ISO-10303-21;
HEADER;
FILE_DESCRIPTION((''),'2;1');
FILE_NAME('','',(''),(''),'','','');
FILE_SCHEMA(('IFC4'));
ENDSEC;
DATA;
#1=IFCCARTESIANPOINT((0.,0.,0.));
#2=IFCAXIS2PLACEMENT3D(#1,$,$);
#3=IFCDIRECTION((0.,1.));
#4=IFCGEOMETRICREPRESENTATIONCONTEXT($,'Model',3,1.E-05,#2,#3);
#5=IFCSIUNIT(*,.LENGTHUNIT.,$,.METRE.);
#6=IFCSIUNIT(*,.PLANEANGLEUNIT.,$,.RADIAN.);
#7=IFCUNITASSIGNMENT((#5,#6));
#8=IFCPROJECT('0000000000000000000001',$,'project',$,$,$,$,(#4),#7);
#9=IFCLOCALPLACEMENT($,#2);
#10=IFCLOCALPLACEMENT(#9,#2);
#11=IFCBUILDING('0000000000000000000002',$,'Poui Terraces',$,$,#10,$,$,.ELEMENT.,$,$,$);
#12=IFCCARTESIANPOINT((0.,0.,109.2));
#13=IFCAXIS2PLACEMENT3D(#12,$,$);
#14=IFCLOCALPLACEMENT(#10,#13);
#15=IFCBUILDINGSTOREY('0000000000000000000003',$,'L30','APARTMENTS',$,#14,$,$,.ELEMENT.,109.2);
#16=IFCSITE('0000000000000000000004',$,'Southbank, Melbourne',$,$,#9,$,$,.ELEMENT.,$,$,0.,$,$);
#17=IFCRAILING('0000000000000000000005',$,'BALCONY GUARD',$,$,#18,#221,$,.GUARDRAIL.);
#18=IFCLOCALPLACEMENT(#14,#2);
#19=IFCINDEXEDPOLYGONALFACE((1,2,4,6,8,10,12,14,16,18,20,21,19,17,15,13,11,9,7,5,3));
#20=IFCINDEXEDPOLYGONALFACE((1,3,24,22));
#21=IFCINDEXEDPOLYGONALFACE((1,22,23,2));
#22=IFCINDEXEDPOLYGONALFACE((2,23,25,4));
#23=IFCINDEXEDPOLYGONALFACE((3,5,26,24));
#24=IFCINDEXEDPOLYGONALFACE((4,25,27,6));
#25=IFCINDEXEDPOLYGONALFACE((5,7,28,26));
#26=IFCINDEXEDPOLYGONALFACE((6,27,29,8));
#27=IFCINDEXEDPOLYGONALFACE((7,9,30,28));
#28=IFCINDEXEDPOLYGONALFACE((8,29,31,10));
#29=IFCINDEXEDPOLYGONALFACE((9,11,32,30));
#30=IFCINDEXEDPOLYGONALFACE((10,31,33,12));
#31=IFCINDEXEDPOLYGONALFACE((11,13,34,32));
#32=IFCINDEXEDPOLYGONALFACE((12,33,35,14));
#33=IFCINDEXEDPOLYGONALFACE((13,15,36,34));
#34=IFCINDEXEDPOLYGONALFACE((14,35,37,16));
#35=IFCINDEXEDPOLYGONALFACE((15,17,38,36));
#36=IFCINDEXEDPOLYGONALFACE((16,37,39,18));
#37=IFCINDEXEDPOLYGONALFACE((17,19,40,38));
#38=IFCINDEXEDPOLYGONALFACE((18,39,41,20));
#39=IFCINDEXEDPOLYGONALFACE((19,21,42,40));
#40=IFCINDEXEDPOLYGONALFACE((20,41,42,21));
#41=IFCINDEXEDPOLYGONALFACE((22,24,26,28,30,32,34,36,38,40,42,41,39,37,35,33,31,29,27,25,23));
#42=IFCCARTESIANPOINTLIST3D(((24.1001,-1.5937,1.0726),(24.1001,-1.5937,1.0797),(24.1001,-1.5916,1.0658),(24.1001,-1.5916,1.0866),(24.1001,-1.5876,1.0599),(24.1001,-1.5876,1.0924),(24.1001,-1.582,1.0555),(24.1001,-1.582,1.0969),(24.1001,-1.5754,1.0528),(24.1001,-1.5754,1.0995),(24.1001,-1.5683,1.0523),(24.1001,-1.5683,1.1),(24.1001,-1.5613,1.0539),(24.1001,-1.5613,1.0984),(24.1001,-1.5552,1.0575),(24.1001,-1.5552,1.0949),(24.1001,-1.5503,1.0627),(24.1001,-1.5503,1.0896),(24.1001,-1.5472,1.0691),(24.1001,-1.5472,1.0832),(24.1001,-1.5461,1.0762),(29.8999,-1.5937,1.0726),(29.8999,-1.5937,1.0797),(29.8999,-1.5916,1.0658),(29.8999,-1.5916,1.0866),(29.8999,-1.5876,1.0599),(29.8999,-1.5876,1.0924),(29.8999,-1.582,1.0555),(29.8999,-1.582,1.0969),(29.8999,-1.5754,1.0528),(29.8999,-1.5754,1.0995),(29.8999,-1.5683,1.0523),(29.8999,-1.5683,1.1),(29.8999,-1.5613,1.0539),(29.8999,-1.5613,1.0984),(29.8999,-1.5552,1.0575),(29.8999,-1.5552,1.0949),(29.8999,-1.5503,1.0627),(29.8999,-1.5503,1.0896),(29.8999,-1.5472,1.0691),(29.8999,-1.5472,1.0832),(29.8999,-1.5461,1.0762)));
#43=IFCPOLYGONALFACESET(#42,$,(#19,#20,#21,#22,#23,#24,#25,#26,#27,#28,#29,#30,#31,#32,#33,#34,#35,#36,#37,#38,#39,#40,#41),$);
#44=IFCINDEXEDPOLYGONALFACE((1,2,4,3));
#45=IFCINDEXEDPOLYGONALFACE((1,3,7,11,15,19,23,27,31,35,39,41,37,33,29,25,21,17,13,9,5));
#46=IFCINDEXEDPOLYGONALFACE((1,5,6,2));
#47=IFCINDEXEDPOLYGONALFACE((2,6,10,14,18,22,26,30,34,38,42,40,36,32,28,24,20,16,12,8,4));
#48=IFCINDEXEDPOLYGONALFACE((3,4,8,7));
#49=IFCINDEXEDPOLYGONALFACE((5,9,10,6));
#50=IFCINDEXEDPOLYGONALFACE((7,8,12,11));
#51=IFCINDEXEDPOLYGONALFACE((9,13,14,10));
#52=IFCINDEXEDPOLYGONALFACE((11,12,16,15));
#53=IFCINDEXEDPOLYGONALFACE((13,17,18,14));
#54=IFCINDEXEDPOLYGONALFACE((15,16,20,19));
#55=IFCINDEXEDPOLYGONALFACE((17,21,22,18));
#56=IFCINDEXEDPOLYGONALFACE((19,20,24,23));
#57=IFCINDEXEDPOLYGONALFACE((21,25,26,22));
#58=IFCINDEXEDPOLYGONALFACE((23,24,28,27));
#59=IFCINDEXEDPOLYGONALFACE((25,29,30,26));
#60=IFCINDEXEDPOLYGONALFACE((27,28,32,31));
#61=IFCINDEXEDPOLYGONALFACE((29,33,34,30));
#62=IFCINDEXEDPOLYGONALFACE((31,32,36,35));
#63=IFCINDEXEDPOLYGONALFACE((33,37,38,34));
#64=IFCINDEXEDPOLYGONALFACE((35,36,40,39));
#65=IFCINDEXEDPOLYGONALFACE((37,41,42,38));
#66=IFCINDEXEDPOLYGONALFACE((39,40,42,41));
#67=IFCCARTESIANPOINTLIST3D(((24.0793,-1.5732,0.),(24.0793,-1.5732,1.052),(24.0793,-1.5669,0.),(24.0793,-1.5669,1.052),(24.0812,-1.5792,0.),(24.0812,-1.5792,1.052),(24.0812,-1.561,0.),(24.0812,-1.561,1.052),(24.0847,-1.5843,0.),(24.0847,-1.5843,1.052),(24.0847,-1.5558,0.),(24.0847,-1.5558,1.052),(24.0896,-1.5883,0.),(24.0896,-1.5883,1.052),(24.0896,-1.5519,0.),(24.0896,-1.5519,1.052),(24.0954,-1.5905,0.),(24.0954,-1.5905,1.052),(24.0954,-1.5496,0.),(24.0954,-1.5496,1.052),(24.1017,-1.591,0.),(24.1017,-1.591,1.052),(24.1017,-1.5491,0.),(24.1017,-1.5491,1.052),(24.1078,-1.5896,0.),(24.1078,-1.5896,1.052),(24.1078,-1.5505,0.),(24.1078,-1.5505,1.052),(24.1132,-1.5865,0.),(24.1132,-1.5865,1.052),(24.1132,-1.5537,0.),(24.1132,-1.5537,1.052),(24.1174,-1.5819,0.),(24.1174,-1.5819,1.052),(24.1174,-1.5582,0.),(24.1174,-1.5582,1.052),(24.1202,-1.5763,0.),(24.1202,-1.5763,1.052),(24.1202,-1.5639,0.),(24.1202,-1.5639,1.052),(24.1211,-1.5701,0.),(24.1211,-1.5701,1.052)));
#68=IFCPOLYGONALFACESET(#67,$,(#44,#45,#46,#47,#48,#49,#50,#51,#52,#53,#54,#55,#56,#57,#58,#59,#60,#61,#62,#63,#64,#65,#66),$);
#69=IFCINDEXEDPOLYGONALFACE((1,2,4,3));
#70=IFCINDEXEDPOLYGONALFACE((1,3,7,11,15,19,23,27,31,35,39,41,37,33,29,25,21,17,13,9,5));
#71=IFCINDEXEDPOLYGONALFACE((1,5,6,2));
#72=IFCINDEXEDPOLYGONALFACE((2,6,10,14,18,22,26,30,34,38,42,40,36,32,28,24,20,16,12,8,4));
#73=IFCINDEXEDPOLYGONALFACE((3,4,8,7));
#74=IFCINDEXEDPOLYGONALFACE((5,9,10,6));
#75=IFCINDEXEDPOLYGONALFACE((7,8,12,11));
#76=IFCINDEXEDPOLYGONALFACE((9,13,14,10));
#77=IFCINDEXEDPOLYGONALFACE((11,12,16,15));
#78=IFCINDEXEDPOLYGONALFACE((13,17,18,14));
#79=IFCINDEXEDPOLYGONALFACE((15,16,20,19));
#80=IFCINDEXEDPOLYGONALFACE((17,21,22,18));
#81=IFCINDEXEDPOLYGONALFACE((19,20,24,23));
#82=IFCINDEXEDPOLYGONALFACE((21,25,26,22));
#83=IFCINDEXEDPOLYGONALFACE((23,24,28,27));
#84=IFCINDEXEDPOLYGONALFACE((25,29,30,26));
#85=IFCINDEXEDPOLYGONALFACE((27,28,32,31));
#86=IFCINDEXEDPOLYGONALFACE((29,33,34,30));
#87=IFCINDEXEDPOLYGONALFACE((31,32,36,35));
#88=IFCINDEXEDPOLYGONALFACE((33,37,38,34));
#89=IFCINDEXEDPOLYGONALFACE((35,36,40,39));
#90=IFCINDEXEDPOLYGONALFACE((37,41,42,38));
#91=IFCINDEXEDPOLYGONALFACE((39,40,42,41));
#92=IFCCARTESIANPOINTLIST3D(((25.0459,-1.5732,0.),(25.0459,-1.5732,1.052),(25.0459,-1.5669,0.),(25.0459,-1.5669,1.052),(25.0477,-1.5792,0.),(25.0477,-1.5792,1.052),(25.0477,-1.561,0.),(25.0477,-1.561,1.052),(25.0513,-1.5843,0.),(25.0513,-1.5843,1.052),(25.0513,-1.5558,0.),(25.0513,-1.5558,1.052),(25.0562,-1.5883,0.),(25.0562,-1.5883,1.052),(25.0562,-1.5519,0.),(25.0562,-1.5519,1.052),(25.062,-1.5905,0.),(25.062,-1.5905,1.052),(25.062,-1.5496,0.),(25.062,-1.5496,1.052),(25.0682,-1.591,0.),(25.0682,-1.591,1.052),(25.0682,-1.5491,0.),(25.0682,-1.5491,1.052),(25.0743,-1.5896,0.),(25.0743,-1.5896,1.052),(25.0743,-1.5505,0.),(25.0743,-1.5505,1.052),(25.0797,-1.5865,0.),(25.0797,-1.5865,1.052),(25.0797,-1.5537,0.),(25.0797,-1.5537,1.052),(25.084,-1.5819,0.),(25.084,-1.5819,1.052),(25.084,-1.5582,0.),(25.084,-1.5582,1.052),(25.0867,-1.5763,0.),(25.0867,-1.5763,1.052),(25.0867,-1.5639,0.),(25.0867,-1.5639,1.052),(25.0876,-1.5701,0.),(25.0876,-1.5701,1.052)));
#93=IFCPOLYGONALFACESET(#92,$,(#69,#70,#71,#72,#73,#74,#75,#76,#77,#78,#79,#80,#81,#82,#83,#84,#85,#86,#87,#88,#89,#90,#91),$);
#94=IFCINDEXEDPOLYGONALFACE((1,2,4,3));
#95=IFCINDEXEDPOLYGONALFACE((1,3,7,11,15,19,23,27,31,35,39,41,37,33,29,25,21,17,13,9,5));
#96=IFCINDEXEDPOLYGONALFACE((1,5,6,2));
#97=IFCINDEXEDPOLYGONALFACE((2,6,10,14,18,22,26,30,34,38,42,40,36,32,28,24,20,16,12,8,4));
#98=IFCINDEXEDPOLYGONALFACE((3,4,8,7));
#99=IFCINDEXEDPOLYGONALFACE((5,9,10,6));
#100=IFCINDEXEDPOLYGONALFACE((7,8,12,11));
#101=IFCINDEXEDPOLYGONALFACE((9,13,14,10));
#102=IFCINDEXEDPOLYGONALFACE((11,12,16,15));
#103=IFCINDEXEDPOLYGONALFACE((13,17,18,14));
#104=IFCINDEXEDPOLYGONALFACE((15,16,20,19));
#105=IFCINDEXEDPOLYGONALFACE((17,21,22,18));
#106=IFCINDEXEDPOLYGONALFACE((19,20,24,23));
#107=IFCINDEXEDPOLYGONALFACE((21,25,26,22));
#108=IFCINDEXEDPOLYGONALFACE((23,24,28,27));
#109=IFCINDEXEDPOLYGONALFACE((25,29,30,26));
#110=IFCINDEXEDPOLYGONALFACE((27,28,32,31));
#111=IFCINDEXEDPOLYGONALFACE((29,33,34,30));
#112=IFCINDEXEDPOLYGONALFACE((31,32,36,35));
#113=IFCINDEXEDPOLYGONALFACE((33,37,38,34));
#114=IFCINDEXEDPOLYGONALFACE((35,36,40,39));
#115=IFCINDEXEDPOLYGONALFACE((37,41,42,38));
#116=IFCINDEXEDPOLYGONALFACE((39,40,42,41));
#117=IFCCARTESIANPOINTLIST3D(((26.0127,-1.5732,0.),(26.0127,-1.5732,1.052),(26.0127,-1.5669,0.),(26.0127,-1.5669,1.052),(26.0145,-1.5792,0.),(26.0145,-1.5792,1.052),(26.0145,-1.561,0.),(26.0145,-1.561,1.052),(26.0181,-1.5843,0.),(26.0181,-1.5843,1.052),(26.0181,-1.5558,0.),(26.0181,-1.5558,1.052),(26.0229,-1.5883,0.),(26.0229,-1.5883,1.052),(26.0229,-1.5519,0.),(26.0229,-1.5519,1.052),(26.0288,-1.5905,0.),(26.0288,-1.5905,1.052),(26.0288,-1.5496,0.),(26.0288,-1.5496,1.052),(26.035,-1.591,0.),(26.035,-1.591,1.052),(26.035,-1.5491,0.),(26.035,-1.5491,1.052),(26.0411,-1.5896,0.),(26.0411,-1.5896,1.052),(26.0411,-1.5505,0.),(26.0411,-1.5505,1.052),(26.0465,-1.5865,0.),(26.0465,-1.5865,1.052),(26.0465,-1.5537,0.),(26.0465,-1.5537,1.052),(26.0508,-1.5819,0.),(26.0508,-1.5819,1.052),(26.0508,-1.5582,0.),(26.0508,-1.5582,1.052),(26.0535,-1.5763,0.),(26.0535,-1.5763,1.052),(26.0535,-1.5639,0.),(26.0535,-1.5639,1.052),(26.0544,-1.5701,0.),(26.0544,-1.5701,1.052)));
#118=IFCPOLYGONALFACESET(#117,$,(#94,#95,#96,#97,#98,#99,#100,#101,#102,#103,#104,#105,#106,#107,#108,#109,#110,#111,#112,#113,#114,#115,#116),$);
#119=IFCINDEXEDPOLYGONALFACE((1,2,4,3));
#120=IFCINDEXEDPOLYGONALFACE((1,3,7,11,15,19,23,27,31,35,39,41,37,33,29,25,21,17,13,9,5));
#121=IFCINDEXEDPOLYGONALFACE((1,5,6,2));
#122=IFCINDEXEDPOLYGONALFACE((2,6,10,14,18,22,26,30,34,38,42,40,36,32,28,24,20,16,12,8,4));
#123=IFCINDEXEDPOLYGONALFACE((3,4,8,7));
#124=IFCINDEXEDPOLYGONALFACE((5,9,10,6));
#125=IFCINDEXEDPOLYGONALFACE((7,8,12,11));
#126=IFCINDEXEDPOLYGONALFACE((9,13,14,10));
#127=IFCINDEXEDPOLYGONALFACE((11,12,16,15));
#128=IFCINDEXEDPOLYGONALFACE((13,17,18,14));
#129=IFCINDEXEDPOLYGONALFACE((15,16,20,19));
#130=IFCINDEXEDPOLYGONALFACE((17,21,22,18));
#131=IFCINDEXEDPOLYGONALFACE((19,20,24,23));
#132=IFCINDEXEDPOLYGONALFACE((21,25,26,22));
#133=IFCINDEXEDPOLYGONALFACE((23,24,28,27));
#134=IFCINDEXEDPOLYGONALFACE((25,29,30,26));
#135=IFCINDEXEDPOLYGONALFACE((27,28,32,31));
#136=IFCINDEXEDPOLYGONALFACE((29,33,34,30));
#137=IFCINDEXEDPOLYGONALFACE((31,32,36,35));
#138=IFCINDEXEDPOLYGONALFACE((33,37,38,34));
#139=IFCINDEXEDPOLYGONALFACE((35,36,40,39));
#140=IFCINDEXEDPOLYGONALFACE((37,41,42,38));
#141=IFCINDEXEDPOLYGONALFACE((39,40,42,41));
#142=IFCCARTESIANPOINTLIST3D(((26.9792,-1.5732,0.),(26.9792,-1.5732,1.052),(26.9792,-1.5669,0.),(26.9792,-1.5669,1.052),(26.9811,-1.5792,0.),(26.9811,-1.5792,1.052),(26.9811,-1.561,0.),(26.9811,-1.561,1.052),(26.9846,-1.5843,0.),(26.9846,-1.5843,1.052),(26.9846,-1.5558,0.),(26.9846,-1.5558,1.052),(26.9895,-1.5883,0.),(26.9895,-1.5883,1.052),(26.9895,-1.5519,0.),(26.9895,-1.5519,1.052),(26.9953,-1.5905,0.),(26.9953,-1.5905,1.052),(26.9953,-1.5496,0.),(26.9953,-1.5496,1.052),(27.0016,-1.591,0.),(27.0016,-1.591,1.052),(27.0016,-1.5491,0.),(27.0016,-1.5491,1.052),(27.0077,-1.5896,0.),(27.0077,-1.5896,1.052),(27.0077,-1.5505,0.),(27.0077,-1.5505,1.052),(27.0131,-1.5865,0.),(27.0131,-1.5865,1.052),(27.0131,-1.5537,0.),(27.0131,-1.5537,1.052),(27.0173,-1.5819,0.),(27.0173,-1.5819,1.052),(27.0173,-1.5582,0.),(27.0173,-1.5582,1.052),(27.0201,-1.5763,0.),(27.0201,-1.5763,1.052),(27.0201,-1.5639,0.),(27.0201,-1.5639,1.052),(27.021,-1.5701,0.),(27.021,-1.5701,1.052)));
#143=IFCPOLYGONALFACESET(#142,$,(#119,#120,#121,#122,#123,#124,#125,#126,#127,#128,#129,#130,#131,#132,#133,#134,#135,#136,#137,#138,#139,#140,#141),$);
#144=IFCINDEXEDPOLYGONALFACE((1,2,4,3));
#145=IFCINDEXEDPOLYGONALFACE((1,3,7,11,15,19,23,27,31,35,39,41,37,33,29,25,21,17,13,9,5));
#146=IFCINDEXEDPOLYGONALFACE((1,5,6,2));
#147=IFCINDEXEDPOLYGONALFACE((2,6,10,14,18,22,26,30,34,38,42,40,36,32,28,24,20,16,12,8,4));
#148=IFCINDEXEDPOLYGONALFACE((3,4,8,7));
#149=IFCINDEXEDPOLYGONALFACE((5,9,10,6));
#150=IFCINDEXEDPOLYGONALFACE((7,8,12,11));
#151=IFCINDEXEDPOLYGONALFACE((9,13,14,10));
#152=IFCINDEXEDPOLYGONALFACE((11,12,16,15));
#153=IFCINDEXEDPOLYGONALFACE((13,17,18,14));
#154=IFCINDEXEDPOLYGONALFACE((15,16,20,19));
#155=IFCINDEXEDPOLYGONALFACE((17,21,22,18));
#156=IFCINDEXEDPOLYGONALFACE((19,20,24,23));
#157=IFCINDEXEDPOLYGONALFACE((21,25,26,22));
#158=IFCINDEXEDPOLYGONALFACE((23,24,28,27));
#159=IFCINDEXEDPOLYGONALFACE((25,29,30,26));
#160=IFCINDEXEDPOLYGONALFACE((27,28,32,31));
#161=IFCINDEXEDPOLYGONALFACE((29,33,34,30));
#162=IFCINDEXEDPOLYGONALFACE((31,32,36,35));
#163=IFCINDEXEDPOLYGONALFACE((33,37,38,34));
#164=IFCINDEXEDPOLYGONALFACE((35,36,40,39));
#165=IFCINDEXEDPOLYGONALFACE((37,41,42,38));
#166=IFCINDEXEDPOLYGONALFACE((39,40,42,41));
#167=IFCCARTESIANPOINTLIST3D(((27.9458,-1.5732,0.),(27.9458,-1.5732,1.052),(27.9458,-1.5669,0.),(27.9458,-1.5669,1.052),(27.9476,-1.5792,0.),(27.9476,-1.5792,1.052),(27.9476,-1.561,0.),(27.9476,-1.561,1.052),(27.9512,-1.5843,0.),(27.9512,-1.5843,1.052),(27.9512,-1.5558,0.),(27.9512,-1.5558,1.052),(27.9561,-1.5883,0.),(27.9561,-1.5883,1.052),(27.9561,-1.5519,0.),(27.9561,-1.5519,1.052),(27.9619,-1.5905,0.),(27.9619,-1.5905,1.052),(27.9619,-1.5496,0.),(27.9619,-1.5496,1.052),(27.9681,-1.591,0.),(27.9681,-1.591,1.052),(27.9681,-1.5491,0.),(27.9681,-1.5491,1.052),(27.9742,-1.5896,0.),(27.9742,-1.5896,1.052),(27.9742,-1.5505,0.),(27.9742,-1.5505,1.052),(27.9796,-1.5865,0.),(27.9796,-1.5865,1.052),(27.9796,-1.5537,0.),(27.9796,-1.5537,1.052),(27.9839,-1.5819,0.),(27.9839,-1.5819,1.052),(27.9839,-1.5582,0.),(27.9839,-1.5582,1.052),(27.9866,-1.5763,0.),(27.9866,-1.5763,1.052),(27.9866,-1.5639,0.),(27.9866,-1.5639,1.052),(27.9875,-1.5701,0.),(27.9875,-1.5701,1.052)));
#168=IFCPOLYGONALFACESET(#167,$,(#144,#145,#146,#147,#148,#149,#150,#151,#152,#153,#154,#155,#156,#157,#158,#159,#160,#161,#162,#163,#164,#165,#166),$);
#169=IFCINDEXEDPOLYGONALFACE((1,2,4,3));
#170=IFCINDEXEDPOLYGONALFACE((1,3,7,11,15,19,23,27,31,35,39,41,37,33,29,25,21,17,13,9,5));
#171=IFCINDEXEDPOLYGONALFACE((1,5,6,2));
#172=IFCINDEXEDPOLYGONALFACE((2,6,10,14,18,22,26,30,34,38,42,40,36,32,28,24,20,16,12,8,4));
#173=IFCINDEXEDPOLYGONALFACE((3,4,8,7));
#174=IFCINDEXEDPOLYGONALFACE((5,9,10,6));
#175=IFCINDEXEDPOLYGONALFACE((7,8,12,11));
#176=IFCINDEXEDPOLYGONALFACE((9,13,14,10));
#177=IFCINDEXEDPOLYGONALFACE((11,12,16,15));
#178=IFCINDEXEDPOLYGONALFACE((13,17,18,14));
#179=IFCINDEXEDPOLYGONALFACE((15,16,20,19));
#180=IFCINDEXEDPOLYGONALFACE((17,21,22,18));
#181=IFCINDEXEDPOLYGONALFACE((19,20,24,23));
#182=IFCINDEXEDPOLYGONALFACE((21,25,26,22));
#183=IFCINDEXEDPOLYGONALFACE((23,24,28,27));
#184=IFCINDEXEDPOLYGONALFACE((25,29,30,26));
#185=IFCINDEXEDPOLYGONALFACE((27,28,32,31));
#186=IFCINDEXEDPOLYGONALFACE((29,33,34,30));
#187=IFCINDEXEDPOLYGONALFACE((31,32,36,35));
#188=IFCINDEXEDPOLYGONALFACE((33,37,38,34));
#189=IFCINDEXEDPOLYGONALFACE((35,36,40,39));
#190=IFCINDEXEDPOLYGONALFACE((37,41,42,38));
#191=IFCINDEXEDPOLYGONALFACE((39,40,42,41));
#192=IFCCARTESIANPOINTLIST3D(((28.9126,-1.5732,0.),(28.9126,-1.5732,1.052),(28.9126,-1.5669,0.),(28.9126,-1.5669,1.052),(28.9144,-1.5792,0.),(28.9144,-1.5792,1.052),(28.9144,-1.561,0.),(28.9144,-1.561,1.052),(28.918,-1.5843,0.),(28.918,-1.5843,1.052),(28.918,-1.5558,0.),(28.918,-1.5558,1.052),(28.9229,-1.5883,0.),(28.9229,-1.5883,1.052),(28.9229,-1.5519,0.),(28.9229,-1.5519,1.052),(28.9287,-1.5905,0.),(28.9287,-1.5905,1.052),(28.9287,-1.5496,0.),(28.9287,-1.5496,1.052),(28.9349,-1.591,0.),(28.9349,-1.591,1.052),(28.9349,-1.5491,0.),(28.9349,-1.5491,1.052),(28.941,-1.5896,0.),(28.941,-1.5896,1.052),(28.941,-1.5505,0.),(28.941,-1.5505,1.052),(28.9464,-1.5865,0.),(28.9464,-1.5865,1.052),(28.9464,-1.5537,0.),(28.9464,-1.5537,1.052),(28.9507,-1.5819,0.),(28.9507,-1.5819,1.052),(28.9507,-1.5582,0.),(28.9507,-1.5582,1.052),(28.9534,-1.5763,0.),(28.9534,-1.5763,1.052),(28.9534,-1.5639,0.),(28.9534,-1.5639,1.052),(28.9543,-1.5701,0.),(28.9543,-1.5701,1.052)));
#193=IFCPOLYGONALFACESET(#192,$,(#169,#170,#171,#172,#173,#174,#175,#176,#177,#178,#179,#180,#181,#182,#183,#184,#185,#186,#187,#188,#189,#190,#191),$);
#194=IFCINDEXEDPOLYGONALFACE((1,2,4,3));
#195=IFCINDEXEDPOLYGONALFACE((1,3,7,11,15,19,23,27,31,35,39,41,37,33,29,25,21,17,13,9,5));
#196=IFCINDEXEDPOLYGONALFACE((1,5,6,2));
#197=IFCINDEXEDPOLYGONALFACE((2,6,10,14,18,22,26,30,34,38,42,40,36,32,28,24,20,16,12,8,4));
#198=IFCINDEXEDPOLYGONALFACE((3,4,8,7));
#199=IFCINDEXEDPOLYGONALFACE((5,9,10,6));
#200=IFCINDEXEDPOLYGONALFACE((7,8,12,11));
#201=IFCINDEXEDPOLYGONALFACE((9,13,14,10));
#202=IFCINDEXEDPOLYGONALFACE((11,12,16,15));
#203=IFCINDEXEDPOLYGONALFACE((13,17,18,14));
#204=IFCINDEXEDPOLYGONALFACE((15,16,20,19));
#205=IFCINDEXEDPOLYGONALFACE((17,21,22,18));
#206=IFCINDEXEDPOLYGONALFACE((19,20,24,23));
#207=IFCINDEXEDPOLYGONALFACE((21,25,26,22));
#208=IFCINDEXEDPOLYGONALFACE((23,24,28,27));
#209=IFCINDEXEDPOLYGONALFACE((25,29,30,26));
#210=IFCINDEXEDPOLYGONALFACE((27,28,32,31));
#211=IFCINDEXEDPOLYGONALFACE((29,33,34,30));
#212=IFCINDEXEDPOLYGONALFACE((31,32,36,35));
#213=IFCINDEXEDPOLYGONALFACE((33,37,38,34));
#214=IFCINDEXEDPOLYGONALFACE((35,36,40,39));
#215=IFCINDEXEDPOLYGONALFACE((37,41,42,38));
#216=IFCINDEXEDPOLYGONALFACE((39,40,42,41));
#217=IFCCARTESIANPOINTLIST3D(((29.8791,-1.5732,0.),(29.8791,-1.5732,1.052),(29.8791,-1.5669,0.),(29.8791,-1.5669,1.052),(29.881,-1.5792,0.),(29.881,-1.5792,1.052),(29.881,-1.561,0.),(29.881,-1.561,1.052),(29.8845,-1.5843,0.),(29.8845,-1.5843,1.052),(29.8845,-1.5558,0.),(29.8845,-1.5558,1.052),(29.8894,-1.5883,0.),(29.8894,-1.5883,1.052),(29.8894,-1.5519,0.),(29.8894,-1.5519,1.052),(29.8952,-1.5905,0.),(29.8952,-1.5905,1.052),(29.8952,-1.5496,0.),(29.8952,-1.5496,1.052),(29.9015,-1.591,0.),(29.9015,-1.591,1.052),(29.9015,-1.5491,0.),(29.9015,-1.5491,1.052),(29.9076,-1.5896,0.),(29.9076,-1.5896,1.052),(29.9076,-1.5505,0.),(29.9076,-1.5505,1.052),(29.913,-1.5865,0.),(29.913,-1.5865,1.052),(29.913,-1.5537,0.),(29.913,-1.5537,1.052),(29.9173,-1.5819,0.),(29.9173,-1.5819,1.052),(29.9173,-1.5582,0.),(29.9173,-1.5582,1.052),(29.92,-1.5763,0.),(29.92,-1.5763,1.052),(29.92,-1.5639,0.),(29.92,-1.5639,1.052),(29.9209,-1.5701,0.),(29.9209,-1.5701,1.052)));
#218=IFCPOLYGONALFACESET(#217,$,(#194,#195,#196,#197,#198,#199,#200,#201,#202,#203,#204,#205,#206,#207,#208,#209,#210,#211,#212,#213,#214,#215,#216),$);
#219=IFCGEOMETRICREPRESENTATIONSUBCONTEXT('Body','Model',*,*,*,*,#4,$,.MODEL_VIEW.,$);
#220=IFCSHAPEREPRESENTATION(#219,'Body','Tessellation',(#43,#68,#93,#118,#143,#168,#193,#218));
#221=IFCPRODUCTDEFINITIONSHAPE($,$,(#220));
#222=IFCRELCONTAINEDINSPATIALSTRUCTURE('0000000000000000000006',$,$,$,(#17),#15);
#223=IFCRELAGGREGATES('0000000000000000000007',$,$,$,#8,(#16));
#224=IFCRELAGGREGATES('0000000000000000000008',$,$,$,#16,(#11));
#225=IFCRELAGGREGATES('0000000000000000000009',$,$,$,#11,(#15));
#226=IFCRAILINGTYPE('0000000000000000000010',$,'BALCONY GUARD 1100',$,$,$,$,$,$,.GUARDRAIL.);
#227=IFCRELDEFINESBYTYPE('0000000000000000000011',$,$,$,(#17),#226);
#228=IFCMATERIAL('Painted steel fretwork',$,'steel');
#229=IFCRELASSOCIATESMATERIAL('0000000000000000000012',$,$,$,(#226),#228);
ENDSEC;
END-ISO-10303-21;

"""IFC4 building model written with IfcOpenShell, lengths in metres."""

from ifc_helpers import new_model, si_unit, direction, frame, origin, origin_2d, place, context, subcontext, project, spatial, circle, extrude, material, type_object, element, save


model = new_model("IFC4")

# Units and contexts
model_context = context("Model", 3, precision=1e-05, world=origin(), true_north=direction((0.0, 1.0)))
body_context = subcontext(model_context, "Body", "Model", "MODEL_VIEW")
ifc_project = project(units=[si_unit("LENGTHUNIT", "METRE"), si_unit("PLANEANGLEUNIT", "RADIAN")], contexts=[model_context])

# Site, building, storey
site_placement = place(None, origin())
site = spatial("IfcSite", under=ifc_project, at=site_placement, Name="Southbank, Melbourne", CompositionType="ELEMENT", RefElevation=0.0)
building_placement = place(site_placement, origin())
building = spatial("IfcBuilding", under=site, at=building_placement, Name="Poui Terraces", CompositionType="ELEMENT")
storey_placement = place(building_placement, frame((0.0, 0.0, 109.2)))
storey = spatial("IfcBuildingStorey", under=building, at=storey_placement, Name="L30", Description="APARTMENTS", CompositionType="ELEMENT", Elevation=109.2)

# Railing
ifc_material_1 = material(Name="Painted steel fretwork", Category="steel")
railing_type = type_object("IfcRailingType", Name="BALCONY GUARD 1100", PredefinedType="GUARDRAIL", material=ifc_material_1)
railing_placement = place(storey_placement, frame((24.1001, -1.5701, 0.0)))
element("IfcRailing", 1, at=railing_placement, inside=storey, type_object=railing_type, Name="BALCONY GUARD", PredefinedType="GUARDRAIL", context=body_context, shape_type="SweptSolid", body=[
    extrude(circle(Radius=0.0239, at=origin_2d()), frame((0.0, 0.0, 1.0762), z_axis=(1.0, 0.0, 0.0), x_axis=(0.0, 1.0, 0.0)), (0.0, 0.0, 1.0), 5.7998),
    extrude(circle(Radius=0.021, at=origin_2d()), origin(), (0.0, 0.0, 1.0), 1.052),
    extrude(circle(Radius=0.021, at=origin_2d()), frame((0.9666, 0.0, 0.0)), (0.0, 0.0, 1.0), 1.052),
    extrude(circle(Radius=0.021, at=origin_2d()), frame((1.9333, 0.0, 0.0)), (0.0, 0.0, 1.0), 1.052),
    extrude(circle(Radius=0.021, at=origin_2d()), frame((2.8999, 0.0, 0.0)), (0.0, 0.0, 1.0), 1.052),
    extrude(circle(Radius=0.021, at=origin_2d()), frame((3.8665, 0.0, 0.0)), (0.0, 0.0, 1.0), 1.052),
    extrude(circle(Radius=0.021, at=origin_2d()), frame((4.8333, 0.0, 0.0)), (0.0, 0.0, 1.0), 1.052),
    extrude(circle(Radius=0.021, at=origin_2d()), frame((5.7998, 0.0, 0.0)), (0.0, 0.0, 1.0), 1.052),
])

save(model, "model.ifc")
